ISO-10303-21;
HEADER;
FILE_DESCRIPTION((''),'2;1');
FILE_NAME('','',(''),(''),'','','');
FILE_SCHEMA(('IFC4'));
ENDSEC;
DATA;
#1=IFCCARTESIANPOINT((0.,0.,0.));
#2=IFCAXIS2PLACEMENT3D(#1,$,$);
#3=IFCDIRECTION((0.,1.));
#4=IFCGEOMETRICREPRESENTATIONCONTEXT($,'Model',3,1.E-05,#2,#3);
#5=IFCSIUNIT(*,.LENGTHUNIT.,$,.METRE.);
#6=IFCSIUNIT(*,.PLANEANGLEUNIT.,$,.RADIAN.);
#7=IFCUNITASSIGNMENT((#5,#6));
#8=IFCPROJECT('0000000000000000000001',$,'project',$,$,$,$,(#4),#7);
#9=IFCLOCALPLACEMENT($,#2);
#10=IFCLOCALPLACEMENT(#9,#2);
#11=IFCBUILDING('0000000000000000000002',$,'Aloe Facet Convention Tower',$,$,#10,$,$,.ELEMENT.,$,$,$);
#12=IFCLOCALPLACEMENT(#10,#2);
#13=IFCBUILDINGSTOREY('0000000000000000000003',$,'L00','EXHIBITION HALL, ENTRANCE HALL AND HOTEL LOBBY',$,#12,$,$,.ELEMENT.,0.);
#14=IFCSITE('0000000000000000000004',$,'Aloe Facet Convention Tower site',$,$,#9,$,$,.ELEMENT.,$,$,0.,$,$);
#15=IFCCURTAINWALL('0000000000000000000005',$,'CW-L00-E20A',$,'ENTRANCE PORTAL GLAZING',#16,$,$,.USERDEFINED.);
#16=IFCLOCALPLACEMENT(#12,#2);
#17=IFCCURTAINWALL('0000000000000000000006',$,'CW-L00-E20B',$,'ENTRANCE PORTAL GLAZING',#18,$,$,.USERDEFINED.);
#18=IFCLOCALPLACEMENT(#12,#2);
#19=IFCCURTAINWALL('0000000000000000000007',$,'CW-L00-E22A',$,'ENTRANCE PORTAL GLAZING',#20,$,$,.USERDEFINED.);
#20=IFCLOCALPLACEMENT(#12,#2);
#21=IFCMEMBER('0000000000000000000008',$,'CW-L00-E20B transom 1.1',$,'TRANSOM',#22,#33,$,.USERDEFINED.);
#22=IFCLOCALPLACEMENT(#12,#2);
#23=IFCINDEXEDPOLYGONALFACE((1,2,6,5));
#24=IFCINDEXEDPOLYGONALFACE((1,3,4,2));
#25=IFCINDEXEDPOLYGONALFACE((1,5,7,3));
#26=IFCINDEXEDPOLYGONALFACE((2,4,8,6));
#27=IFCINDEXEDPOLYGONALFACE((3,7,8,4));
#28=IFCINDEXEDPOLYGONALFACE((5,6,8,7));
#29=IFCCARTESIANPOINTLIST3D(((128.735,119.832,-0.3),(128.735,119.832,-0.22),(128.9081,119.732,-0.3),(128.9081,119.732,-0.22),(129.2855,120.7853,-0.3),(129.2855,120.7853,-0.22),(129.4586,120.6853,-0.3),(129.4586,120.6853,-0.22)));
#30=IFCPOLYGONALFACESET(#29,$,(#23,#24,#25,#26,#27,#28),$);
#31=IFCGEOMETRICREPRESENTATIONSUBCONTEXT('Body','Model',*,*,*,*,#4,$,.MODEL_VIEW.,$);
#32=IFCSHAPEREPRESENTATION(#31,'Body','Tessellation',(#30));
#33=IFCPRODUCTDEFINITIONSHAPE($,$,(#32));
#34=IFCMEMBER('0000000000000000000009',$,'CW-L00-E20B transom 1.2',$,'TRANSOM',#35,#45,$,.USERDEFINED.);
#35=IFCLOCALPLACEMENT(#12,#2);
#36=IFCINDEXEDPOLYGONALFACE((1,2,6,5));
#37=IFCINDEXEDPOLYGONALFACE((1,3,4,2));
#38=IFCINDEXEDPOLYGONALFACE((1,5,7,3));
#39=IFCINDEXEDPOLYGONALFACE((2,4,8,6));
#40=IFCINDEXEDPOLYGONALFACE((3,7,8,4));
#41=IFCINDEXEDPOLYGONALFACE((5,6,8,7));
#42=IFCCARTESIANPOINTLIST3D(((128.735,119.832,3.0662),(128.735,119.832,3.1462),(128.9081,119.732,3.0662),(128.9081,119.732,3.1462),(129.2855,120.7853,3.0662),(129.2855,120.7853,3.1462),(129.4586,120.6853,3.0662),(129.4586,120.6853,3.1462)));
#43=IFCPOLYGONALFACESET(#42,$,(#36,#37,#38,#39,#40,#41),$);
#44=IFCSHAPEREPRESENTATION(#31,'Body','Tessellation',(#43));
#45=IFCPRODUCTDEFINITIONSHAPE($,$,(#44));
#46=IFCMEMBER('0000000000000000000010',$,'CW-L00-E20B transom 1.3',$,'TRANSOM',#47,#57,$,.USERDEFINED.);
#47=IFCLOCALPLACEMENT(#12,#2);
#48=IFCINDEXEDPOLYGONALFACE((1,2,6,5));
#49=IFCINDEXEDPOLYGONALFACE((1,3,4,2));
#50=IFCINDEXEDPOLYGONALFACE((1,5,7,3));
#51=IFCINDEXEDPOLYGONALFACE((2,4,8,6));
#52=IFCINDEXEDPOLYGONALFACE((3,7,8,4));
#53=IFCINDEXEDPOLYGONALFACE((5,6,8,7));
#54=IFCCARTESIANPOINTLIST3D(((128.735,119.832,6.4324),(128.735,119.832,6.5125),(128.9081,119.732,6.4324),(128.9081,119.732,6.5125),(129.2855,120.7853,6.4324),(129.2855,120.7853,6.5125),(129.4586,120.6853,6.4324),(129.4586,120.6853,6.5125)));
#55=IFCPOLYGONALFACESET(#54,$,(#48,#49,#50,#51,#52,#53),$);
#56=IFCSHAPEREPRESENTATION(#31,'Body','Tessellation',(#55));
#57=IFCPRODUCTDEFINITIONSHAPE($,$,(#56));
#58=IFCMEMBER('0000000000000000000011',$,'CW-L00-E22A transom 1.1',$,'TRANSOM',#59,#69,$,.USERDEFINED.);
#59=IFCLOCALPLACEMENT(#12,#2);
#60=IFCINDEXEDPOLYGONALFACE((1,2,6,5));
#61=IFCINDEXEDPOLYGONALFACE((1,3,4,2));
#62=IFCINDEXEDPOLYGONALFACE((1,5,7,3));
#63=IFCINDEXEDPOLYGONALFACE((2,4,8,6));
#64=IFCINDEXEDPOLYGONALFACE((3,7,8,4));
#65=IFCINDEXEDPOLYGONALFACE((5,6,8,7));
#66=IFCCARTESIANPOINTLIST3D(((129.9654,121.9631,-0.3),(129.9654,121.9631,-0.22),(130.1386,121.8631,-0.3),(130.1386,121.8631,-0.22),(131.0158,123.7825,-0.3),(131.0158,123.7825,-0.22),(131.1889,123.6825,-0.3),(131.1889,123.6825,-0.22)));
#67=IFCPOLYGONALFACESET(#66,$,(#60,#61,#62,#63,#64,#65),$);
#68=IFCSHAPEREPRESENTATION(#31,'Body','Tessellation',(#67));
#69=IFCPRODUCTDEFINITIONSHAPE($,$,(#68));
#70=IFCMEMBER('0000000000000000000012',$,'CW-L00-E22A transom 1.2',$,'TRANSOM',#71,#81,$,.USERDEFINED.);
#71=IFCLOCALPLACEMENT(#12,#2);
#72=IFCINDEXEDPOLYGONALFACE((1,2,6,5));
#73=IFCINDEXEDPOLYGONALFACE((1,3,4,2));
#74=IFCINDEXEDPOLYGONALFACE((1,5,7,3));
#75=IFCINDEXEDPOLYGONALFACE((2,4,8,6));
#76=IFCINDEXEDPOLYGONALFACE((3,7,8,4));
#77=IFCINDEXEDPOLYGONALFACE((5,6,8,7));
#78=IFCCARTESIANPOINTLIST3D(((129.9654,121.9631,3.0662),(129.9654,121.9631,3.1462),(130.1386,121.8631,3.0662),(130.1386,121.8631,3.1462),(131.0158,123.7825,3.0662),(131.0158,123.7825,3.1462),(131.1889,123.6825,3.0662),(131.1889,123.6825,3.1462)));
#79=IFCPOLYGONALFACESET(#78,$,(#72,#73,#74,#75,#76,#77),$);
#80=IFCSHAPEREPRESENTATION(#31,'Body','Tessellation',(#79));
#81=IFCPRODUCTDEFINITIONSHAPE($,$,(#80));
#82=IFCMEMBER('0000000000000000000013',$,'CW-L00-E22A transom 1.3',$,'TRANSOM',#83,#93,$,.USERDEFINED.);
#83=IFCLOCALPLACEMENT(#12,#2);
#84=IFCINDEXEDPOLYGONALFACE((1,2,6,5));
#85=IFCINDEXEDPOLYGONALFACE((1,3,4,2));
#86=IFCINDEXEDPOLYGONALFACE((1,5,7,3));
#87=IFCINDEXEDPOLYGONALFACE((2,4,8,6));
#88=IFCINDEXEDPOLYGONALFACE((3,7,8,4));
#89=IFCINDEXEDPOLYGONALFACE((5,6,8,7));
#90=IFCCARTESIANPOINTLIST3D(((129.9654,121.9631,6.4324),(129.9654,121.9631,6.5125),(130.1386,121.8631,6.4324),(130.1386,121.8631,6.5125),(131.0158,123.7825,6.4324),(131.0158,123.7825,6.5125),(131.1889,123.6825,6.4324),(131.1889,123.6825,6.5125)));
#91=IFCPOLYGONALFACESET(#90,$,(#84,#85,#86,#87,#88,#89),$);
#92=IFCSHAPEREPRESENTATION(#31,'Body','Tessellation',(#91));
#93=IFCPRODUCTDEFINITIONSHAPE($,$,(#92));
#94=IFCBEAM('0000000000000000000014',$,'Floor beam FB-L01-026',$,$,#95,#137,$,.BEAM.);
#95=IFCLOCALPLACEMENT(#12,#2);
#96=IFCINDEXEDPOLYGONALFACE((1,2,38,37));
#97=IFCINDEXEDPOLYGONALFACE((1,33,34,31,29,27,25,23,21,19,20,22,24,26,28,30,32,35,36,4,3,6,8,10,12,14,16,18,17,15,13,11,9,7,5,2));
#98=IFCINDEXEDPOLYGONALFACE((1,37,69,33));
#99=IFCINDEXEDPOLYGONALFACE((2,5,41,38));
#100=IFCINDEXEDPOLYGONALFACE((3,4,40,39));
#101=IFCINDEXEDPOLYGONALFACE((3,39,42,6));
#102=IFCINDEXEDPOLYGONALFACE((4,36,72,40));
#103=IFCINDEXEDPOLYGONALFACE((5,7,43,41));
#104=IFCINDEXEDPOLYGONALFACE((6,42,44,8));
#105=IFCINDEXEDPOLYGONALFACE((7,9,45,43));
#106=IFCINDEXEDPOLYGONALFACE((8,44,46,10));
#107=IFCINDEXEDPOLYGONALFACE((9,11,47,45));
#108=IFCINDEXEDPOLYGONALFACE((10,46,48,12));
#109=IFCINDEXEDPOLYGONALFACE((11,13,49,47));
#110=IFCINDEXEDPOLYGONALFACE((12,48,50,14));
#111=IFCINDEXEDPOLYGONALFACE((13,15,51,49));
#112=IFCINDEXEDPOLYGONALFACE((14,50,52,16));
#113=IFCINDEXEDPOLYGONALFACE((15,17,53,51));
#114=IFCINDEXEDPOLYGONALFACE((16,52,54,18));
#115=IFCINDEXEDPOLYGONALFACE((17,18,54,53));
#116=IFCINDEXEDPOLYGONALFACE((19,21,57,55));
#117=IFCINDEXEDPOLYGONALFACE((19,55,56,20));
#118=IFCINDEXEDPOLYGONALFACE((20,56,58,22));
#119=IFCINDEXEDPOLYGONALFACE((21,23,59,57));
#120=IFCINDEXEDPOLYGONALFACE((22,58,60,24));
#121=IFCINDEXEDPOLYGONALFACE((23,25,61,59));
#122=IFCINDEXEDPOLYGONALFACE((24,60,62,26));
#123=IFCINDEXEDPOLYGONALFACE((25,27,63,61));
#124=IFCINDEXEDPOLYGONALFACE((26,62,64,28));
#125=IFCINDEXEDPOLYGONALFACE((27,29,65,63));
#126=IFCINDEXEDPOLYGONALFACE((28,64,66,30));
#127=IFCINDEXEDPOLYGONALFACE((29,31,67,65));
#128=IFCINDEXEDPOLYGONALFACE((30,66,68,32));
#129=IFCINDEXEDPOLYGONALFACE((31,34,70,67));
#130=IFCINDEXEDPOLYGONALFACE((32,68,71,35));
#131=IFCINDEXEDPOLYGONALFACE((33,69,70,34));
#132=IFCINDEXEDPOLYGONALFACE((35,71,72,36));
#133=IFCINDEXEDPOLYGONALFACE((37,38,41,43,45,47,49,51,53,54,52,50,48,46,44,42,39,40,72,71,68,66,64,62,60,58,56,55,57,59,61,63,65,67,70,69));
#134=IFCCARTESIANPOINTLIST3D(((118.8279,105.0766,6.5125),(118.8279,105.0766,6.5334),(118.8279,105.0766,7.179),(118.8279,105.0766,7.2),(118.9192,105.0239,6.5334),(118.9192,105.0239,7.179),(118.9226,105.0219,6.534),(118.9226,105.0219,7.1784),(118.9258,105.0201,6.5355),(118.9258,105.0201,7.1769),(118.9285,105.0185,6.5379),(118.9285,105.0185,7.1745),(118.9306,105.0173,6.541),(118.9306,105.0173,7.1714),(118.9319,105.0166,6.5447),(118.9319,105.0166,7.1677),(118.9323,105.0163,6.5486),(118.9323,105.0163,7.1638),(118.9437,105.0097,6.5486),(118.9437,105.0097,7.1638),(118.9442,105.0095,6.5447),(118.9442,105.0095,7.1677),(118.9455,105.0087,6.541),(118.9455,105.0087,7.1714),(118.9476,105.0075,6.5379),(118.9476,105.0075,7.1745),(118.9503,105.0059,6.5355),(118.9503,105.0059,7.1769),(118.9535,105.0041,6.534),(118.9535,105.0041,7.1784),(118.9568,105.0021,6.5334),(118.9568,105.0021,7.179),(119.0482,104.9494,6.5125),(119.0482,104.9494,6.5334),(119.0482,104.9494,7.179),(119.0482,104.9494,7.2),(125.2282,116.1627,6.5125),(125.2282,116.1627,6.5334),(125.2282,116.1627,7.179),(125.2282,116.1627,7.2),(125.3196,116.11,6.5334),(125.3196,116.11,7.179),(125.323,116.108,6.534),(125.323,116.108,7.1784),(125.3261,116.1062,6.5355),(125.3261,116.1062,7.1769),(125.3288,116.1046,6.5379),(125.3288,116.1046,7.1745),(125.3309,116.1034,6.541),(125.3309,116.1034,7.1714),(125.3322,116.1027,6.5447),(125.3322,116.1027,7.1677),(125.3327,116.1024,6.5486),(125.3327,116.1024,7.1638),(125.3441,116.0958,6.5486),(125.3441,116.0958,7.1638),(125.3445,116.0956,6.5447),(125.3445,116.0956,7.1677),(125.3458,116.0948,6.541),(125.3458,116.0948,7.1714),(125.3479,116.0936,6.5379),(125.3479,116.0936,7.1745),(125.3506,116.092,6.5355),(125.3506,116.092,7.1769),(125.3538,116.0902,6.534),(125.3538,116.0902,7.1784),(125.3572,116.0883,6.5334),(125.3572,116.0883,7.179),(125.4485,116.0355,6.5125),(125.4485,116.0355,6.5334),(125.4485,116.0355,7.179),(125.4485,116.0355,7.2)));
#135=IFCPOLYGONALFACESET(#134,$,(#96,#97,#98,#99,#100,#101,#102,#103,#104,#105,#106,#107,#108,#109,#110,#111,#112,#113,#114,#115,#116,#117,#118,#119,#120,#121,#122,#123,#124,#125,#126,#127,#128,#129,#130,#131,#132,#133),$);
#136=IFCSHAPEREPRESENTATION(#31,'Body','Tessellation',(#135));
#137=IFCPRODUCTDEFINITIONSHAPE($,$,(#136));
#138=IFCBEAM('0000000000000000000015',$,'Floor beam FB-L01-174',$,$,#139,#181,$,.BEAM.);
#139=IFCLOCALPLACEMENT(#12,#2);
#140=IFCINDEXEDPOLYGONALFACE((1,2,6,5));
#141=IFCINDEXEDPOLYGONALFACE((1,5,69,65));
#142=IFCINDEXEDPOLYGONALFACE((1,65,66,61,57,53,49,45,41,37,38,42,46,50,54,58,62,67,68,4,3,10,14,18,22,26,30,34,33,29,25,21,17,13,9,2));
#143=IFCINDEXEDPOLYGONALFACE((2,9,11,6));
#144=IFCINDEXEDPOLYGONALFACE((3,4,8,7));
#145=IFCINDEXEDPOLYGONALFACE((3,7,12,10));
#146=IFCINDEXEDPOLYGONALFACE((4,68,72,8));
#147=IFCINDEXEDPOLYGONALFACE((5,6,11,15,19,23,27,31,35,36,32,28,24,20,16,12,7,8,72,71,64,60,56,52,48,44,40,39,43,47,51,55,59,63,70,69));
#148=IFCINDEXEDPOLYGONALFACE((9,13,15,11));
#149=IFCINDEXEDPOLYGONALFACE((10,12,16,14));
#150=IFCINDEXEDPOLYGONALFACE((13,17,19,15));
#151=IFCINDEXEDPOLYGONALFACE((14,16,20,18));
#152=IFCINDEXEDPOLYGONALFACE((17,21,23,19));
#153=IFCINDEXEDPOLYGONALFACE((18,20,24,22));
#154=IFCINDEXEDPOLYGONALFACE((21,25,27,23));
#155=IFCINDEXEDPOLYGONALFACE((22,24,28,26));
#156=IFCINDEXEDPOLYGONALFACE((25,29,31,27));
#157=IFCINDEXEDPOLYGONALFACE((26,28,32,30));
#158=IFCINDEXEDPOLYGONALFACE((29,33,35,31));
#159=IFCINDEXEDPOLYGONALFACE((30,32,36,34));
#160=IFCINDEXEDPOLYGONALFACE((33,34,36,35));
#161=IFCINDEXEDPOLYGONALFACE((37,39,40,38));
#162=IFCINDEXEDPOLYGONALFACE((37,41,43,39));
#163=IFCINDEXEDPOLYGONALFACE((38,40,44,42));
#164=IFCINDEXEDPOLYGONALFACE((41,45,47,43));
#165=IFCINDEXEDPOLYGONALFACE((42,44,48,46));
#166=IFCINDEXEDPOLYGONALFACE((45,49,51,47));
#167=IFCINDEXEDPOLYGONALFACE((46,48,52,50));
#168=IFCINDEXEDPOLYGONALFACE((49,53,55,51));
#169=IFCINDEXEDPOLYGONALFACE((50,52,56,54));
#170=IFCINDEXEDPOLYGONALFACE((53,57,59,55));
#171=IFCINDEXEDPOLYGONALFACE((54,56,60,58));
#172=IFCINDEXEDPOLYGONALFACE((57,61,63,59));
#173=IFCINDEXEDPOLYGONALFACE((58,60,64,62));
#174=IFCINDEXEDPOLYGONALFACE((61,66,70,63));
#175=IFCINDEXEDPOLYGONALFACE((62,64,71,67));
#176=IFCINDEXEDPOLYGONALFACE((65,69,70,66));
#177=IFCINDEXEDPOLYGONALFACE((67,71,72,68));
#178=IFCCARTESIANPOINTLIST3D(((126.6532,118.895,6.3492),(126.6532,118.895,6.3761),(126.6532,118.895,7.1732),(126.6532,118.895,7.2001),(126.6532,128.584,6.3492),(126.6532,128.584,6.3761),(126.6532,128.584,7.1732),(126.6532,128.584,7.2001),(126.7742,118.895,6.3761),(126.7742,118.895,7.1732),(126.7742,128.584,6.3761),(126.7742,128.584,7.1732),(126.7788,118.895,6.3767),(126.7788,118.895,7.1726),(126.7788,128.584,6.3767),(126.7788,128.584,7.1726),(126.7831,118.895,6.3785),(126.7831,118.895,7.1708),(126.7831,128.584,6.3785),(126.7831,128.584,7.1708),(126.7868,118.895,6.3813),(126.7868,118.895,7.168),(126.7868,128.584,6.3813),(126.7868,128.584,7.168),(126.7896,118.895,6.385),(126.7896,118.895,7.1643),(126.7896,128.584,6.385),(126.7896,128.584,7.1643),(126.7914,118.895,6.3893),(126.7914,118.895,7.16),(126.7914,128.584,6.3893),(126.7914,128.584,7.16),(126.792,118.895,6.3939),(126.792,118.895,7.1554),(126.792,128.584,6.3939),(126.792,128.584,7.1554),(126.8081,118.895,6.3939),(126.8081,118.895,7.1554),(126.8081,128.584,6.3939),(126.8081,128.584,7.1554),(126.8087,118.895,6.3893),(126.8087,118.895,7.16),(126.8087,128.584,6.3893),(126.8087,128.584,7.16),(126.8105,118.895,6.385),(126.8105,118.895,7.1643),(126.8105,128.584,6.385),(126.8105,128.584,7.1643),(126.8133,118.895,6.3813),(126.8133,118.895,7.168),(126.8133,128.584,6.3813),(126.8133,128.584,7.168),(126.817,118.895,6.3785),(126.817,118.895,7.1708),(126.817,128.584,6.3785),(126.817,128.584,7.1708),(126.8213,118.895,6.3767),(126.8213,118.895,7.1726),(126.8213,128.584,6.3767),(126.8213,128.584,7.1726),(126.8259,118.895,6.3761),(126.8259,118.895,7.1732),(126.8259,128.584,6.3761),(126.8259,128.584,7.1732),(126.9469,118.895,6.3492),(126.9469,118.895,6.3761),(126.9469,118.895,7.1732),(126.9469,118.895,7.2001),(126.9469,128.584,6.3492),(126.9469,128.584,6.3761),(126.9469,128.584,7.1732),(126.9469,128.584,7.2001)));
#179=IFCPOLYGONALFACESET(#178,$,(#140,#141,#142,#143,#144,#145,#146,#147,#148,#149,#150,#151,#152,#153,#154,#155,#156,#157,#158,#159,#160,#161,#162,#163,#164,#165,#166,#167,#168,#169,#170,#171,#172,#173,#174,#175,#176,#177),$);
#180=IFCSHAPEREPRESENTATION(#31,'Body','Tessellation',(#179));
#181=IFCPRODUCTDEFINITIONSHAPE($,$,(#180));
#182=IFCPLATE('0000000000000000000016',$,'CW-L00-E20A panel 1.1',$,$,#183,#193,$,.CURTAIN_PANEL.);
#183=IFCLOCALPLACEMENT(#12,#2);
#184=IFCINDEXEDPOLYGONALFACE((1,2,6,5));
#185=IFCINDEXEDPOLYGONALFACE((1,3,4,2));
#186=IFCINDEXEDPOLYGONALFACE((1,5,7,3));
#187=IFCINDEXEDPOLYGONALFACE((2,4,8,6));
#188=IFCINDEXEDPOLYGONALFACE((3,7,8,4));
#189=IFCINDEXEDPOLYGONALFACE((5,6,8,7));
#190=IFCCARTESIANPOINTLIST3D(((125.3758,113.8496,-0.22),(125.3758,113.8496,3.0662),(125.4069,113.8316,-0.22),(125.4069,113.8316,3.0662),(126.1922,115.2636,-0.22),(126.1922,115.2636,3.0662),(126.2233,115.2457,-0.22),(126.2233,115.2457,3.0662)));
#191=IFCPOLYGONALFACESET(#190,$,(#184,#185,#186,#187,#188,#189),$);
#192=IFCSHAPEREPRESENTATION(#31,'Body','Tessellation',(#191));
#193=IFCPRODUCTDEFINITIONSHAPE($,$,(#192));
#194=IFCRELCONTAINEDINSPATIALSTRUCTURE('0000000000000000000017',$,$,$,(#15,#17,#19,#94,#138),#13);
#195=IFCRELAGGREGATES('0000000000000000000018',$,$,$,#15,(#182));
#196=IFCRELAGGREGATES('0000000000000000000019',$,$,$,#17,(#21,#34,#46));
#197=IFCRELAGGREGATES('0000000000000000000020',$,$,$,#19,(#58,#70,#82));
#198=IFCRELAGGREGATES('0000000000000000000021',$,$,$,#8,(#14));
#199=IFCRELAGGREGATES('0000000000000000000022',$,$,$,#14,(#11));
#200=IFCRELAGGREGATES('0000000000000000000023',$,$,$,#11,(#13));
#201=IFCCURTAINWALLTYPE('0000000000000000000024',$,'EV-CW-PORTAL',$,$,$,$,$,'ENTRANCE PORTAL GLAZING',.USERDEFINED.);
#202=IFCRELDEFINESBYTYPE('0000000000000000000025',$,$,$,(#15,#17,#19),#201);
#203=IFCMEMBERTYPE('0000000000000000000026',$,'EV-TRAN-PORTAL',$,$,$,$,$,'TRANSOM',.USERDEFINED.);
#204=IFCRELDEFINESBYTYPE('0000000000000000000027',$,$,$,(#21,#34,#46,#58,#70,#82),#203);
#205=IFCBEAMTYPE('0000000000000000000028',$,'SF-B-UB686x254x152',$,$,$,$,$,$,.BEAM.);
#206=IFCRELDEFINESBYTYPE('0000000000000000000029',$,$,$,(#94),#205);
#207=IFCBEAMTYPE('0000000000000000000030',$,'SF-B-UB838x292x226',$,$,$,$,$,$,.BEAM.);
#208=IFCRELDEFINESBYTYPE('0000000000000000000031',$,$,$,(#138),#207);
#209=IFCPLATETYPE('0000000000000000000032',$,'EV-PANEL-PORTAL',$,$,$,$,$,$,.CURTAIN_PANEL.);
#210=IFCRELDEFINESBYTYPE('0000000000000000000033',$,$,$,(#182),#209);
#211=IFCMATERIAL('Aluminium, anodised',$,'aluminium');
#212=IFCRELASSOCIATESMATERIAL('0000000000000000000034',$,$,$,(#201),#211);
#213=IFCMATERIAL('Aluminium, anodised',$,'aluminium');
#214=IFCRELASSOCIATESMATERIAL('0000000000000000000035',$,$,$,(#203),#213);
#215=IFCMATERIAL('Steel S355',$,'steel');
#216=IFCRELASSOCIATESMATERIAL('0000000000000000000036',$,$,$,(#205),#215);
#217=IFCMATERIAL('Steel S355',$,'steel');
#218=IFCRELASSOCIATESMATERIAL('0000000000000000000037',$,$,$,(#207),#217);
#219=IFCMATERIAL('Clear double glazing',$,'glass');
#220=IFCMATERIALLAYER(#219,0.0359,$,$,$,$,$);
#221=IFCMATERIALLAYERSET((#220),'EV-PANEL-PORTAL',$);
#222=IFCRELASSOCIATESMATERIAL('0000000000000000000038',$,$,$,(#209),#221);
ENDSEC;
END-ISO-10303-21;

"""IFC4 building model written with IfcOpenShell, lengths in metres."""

from ifc_helpers import new_model, si_unit, direction, frame, origin, origin_2d, place, context, subcontext, project, spatial, rectangle, i_section, extrude, material, layer, layer_set, material_profile, profile_set, type_object, element, aggregate, save


model = new_model("IFC4")

# Units and contexts
model_context = context("Model", 3, precision=1e-05, world=origin(), true_north=direction((0.0, 1.0)))
body_context = subcontext(model_context, "Body", "Model", "MODEL_VIEW")
ifc_project = project(units=[si_unit("LENGTHUNIT", "METRE"), si_unit("PLANEANGLEUNIT", "RADIAN")], contexts=[model_context])

# Site, building, storey
site_placement = place(None, origin())
site = spatial("IfcSite", under=ifc_project, at=site_placement, Name="Aloe Facet Convention Tower site", CompositionType="ELEMENT", RefElevation=0.0)
building_placement = place(site_placement, origin())
building = spatial("IfcBuilding", under=site, at=building_placement, Name="Aloe Facet Convention Tower", CompositionType="ELEMENT")
storey_placement = place(building_placement, origin())
storey = spatial("IfcBuildingStorey", under=building, at=storey_placement, Name="L00", Description="EXHIBITION HALL, ENTRANCE HALL AND HOTEL LOBBY", CompositionType="ELEMENT", Elevation=0.0)

# Curtain walls
ifc_material_1 = material(Name="Aluminium, anodised", Category="aluminium")
curtain_wall_type = type_object("IfcCurtainWallType", Name="EV-CW-PORTAL", ElementType="ENTRANCE PORTAL GLAZING", PredefinedType="USERDEFINED", material=ifc_material_1)
curtain_wall_1_placement = place(storey_placement, origin())
curtain_wall_1 = element("IfcCurtainWall", 1, at=curtain_wall_1_placement, inside=storey, type_object=curtain_wall_type, Name="CW-L00-E20A", ObjectType="ENTRANCE PORTAL GLAZING", PredefinedType="USERDEFINED")
curtain_wall_2_placement = place(storey_placement, origin())
curtain_wall_2 = element("IfcCurtainWall", 2, at=curtain_wall_2_placement, inside=storey, type_object=curtain_wall_type, Name="CW-L00-E20B", ObjectType="ENTRANCE PORTAL GLAZING", PredefinedType="USERDEFINED")
curtain_wall_3_placement = place(storey_placement, origin())
curtain_wall_3 = element("IfcCurtainWall", 3, at=curtain_wall_3_placement, inside=storey, type_object=curtain_wall_type, Name="CW-L00-E22A", ObjectType="ENTRANCE PORTAL GLAZING", PredefinedType="USERDEFINED")

# Members
ifc_material_2 = material(Name="Aluminium, anodised", Category="aluminium")
ifc_material_profile_1 = material_profile(ifc_material_2, rectangle(XDim=0.2, YDim=0.0801, at=origin_2d()), Name="AL 200x80")
ifc_profile_set_1 = profile_set([ifc_material_profile_1], Name="Aluminium, anodised")
member_type_1 = type_object("IfcMemberType", Name="EV-TRAN-PORTAL", ElementType="TRANSOM", PredefinedType="USERDEFINED", material=ifc_profile_set_1)
member_1_placement = place(storey_placement, frame((128.8215, 119.782, -0.26), z_axis=(0.500074, 0.865982, 0.0), x_axis=(-0.865982, 0.500074, 0.0)))
member_1 = element("IfcMember", 4, at=member_1_placement, type_object=member_type_1, Name="CW-L00-E20B transom 1.1", ObjectType="TRANSOM", PredefinedType="USERDEFINED", context=body_context, shape_type="SweptSolid", body=[
    extrude(rectangle(XDim=0.2, YDim=0.0801, at=origin_2d()), origin(), (0.0, 0.0, 1.0), 1.1008),
])
member_2_placement = place(storey_placement, frame((128.8215, 119.782, 3.1062), z_axis=(0.500074, 0.865982, 0.0), x_axis=(-0.865982, 0.500074, 0.0)))
member_2 = element("IfcMember", 5, at=member_2_placement, type_object=member_type_1, Name="CW-L00-E20B transom 1.2", ObjectType="TRANSOM", PredefinedType="USERDEFINED", context=body_context, shape_type="SweptSolid", body=[
    extrude(rectangle(XDim=0.2, YDim=0.0801, at=origin_2d()), origin(), (0.0, 0.0, 1.0), 1.1008),
])
member_3_placement = place(storey_placement, frame((128.8215, 119.782, 6.4724), z_axis=(0.500074, 0.865982, 0.0), x_axis=(-0.865982, 0.500074, 0.0)))
member_3 = element("IfcMember", 6, at=member_3_placement, type_object=member_type_1, Name="CW-L00-E20B transom 1.3", ObjectType="TRANSOM", PredefinedType="USERDEFINED", context=body_context, shape_type="SweptSolid", body=[
    extrude(rectangle(XDim=0.2, YDim=0.0801, at=origin_2d()), origin(), (0.0, 0.0, 1.0), 1.1008),
])
member_4_placement = place(storey_placement, frame((130.052, 121.9131, -0.26), z_axis=(0.499964, 0.866046, 0.0), x_axis=(-0.866046, 0.499964, 0.0)))
member_4 = element("IfcMember", 7, at=member_4_placement, type_object=member_type_1, Name="CW-L00-E22A transom 1.1", ObjectType="TRANSOM", PredefinedType="USERDEFINED", context=body_context, shape_type="SweptSolid", body=[
    extrude(rectangle(XDim=0.2, YDim=0.0801, at=origin_2d()), origin(), (0.0, 0.0, 1.0), 2.1008),
])
member_5_placement = place(storey_placement, frame((130.052, 121.9131, 3.1062), z_axis=(0.499964, 0.866046, 0.0), x_axis=(-0.866046, 0.499964, 0.0)))
member_5 = element("IfcMember", 8, at=member_5_placement, type_object=member_type_1, Name="CW-L00-E22A transom 1.2", ObjectType="TRANSOM", PredefinedType="USERDEFINED", context=body_context, shape_type="SweptSolid", body=[
    extrude(rectangle(XDim=0.2, YDim=0.0801, at=origin_2d()), origin(), (0.0, 0.0, 1.0), 2.1008),
])
member_6_placement = place(storey_placement, frame((130.052, 121.9131, 6.4724), z_axis=(0.499964, 0.866046, 0.0), x_axis=(-0.866046, 0.499964, 0.0)))
member_6 = element("IfcMember", 9, at=member_6_placement, type_object=member_type_1, Name="CW-L00-E22A transom 1.3", ObjectType="TRANSOM", PredefinedType="USERDEFINED", context=body_context, shape_type="SweptSolid", body=[
    extrude(rectangle(XDim=0.2, YDim=0.0801, at=origin_2d()), origin(), (0.0, 0.0, 1.0), 2.1008),
])

# Beams
ifc_material_3 = material(Name="Steel S355", Category="steel")
ifc_material_profile_2 = material_profile(ifc_material_3, i_section(OverallWidth=0.2544, OverallDepth=0.6875, WebThickness=0.0132, FlangeThickness=0.021, FilletRadius=0.0151, at=origin_2d()), Name="UB 686x254x152")
ifc_profile_set_2 = profile_set([ifc_material_profile_2], Name="Steel S355")
beam_type_1 = type_object("IfcBeamType", Name="SF-B-UB686x254x152", PredefinedType="BEAM", material=ifc_profile_set_2)
beam_1_placement = place(storey_placement, frame((125.3384, 116.0991, 6.8562), z_axis=(-0.499987, -0.866033, 0.0), x_axis=(0.866033, -0.499987, 0.0)))
element("IfcBeam", 10, at=beam_1_placement, inside=storey, type_object=beam_type_1, Name="Floor beam FB-L01-026", PredefinedType="BEAM", context=body_context, shape_type="SweptSolid", body=[
    extrude(i_section(OverallWidth=0.2544, OverallDepth=0.6875, WebThickness=0.0132, FlangeThickness=0.021, FilletRadius=0.0151, at=origin_2d()), origin(), (0.0, 0.0, 1.0), 12.801),
])
ifc_material_4 = material(Name="Steel S355", Category="steel")
ifc_material_profile_3 = material_profile(ifc_material_4, i_section(OverallWidth=0.2937, OverallDepth=0.8508, WebThickness=0.0161, FlangeThickness=0.0269, FilletRadius=0.0178, at=origin_2d()), Name="UB 838x292x226")
ifc_profile_set_3 = profile_set([ifc_material_profile_3], Name="Steel S355")
beam_type_2 = type_object("IfcBeamType", Name="SF-B-UB838x292x226", PredefinedType="BEAM", material=ifc_profile_set_3)
beam_2_placement = place(storey_placement, frame((126.8, 118.895, 6.7747), z_axis=(0.0, 1.0, 0.0), x_axis=(-1.0, 0.0, 0.0)))
element("IfcBeam", 11, at=beam_2_placement, inside=storey, type_object=beam_type_2, Name="Floor beam FB-L01-174", PredefinedType="BEAM", context=body_context, shape_type="SweptSolid", body=[
    extrude(i_section(OverallWidth=0.2937, OverallDepth=0.8508, WebThickness=0.0161, FlangeThickness=0.0269, FilletRadius=0.0178, at=origin_2d()), origin(), (0.0, 0.0, 1.0), 9.689),
])

# Plate
ifc_material_5 = material(Name="Clear double glazing", Category="glass")
ifc_layer_1 = layer(ifc_material_5, 0.0359)
ifc_layer_set_1 = layer_set([ifc_layer_1], Name="EV-PANEL-PORTAL")
plate_type = type_object("IfcPlateType", Name="EV-PANEL-PORTAL", PredefinedType="CURTAIN_PANEL", material=ifc_layer_set_1)
plate_1_placement = place(storey_placement, frame((125.7996, 114.5476, -0.22), z_axis=(0.0, 0.0, 1.0), x_axis=(0.5, 0.866025, 0.0)))
plate_1 = element("IfcPlate", 12, at=plate_1_placement, type_object=plate_type, Name="CW-L00-E20A panel 1.1", PredefinedType="CURTAIN_PANEL", context=body_context, shape_type="SweptSolid", body=[
    extrude(rectangle(XDim=1.6328, YDim=0.0359, at=origin_2d()), origin(), (0.0, 0.0, 1.0), 3.2861),
])
aggregate(curtain_wall_1, [plate_1])
aggregate(curtain_wall_2, [member_1, member_2, member_3])
aggregate(curtain_wall_3, [member_4, member_5, member_6])

save(model, "model.ifc")
